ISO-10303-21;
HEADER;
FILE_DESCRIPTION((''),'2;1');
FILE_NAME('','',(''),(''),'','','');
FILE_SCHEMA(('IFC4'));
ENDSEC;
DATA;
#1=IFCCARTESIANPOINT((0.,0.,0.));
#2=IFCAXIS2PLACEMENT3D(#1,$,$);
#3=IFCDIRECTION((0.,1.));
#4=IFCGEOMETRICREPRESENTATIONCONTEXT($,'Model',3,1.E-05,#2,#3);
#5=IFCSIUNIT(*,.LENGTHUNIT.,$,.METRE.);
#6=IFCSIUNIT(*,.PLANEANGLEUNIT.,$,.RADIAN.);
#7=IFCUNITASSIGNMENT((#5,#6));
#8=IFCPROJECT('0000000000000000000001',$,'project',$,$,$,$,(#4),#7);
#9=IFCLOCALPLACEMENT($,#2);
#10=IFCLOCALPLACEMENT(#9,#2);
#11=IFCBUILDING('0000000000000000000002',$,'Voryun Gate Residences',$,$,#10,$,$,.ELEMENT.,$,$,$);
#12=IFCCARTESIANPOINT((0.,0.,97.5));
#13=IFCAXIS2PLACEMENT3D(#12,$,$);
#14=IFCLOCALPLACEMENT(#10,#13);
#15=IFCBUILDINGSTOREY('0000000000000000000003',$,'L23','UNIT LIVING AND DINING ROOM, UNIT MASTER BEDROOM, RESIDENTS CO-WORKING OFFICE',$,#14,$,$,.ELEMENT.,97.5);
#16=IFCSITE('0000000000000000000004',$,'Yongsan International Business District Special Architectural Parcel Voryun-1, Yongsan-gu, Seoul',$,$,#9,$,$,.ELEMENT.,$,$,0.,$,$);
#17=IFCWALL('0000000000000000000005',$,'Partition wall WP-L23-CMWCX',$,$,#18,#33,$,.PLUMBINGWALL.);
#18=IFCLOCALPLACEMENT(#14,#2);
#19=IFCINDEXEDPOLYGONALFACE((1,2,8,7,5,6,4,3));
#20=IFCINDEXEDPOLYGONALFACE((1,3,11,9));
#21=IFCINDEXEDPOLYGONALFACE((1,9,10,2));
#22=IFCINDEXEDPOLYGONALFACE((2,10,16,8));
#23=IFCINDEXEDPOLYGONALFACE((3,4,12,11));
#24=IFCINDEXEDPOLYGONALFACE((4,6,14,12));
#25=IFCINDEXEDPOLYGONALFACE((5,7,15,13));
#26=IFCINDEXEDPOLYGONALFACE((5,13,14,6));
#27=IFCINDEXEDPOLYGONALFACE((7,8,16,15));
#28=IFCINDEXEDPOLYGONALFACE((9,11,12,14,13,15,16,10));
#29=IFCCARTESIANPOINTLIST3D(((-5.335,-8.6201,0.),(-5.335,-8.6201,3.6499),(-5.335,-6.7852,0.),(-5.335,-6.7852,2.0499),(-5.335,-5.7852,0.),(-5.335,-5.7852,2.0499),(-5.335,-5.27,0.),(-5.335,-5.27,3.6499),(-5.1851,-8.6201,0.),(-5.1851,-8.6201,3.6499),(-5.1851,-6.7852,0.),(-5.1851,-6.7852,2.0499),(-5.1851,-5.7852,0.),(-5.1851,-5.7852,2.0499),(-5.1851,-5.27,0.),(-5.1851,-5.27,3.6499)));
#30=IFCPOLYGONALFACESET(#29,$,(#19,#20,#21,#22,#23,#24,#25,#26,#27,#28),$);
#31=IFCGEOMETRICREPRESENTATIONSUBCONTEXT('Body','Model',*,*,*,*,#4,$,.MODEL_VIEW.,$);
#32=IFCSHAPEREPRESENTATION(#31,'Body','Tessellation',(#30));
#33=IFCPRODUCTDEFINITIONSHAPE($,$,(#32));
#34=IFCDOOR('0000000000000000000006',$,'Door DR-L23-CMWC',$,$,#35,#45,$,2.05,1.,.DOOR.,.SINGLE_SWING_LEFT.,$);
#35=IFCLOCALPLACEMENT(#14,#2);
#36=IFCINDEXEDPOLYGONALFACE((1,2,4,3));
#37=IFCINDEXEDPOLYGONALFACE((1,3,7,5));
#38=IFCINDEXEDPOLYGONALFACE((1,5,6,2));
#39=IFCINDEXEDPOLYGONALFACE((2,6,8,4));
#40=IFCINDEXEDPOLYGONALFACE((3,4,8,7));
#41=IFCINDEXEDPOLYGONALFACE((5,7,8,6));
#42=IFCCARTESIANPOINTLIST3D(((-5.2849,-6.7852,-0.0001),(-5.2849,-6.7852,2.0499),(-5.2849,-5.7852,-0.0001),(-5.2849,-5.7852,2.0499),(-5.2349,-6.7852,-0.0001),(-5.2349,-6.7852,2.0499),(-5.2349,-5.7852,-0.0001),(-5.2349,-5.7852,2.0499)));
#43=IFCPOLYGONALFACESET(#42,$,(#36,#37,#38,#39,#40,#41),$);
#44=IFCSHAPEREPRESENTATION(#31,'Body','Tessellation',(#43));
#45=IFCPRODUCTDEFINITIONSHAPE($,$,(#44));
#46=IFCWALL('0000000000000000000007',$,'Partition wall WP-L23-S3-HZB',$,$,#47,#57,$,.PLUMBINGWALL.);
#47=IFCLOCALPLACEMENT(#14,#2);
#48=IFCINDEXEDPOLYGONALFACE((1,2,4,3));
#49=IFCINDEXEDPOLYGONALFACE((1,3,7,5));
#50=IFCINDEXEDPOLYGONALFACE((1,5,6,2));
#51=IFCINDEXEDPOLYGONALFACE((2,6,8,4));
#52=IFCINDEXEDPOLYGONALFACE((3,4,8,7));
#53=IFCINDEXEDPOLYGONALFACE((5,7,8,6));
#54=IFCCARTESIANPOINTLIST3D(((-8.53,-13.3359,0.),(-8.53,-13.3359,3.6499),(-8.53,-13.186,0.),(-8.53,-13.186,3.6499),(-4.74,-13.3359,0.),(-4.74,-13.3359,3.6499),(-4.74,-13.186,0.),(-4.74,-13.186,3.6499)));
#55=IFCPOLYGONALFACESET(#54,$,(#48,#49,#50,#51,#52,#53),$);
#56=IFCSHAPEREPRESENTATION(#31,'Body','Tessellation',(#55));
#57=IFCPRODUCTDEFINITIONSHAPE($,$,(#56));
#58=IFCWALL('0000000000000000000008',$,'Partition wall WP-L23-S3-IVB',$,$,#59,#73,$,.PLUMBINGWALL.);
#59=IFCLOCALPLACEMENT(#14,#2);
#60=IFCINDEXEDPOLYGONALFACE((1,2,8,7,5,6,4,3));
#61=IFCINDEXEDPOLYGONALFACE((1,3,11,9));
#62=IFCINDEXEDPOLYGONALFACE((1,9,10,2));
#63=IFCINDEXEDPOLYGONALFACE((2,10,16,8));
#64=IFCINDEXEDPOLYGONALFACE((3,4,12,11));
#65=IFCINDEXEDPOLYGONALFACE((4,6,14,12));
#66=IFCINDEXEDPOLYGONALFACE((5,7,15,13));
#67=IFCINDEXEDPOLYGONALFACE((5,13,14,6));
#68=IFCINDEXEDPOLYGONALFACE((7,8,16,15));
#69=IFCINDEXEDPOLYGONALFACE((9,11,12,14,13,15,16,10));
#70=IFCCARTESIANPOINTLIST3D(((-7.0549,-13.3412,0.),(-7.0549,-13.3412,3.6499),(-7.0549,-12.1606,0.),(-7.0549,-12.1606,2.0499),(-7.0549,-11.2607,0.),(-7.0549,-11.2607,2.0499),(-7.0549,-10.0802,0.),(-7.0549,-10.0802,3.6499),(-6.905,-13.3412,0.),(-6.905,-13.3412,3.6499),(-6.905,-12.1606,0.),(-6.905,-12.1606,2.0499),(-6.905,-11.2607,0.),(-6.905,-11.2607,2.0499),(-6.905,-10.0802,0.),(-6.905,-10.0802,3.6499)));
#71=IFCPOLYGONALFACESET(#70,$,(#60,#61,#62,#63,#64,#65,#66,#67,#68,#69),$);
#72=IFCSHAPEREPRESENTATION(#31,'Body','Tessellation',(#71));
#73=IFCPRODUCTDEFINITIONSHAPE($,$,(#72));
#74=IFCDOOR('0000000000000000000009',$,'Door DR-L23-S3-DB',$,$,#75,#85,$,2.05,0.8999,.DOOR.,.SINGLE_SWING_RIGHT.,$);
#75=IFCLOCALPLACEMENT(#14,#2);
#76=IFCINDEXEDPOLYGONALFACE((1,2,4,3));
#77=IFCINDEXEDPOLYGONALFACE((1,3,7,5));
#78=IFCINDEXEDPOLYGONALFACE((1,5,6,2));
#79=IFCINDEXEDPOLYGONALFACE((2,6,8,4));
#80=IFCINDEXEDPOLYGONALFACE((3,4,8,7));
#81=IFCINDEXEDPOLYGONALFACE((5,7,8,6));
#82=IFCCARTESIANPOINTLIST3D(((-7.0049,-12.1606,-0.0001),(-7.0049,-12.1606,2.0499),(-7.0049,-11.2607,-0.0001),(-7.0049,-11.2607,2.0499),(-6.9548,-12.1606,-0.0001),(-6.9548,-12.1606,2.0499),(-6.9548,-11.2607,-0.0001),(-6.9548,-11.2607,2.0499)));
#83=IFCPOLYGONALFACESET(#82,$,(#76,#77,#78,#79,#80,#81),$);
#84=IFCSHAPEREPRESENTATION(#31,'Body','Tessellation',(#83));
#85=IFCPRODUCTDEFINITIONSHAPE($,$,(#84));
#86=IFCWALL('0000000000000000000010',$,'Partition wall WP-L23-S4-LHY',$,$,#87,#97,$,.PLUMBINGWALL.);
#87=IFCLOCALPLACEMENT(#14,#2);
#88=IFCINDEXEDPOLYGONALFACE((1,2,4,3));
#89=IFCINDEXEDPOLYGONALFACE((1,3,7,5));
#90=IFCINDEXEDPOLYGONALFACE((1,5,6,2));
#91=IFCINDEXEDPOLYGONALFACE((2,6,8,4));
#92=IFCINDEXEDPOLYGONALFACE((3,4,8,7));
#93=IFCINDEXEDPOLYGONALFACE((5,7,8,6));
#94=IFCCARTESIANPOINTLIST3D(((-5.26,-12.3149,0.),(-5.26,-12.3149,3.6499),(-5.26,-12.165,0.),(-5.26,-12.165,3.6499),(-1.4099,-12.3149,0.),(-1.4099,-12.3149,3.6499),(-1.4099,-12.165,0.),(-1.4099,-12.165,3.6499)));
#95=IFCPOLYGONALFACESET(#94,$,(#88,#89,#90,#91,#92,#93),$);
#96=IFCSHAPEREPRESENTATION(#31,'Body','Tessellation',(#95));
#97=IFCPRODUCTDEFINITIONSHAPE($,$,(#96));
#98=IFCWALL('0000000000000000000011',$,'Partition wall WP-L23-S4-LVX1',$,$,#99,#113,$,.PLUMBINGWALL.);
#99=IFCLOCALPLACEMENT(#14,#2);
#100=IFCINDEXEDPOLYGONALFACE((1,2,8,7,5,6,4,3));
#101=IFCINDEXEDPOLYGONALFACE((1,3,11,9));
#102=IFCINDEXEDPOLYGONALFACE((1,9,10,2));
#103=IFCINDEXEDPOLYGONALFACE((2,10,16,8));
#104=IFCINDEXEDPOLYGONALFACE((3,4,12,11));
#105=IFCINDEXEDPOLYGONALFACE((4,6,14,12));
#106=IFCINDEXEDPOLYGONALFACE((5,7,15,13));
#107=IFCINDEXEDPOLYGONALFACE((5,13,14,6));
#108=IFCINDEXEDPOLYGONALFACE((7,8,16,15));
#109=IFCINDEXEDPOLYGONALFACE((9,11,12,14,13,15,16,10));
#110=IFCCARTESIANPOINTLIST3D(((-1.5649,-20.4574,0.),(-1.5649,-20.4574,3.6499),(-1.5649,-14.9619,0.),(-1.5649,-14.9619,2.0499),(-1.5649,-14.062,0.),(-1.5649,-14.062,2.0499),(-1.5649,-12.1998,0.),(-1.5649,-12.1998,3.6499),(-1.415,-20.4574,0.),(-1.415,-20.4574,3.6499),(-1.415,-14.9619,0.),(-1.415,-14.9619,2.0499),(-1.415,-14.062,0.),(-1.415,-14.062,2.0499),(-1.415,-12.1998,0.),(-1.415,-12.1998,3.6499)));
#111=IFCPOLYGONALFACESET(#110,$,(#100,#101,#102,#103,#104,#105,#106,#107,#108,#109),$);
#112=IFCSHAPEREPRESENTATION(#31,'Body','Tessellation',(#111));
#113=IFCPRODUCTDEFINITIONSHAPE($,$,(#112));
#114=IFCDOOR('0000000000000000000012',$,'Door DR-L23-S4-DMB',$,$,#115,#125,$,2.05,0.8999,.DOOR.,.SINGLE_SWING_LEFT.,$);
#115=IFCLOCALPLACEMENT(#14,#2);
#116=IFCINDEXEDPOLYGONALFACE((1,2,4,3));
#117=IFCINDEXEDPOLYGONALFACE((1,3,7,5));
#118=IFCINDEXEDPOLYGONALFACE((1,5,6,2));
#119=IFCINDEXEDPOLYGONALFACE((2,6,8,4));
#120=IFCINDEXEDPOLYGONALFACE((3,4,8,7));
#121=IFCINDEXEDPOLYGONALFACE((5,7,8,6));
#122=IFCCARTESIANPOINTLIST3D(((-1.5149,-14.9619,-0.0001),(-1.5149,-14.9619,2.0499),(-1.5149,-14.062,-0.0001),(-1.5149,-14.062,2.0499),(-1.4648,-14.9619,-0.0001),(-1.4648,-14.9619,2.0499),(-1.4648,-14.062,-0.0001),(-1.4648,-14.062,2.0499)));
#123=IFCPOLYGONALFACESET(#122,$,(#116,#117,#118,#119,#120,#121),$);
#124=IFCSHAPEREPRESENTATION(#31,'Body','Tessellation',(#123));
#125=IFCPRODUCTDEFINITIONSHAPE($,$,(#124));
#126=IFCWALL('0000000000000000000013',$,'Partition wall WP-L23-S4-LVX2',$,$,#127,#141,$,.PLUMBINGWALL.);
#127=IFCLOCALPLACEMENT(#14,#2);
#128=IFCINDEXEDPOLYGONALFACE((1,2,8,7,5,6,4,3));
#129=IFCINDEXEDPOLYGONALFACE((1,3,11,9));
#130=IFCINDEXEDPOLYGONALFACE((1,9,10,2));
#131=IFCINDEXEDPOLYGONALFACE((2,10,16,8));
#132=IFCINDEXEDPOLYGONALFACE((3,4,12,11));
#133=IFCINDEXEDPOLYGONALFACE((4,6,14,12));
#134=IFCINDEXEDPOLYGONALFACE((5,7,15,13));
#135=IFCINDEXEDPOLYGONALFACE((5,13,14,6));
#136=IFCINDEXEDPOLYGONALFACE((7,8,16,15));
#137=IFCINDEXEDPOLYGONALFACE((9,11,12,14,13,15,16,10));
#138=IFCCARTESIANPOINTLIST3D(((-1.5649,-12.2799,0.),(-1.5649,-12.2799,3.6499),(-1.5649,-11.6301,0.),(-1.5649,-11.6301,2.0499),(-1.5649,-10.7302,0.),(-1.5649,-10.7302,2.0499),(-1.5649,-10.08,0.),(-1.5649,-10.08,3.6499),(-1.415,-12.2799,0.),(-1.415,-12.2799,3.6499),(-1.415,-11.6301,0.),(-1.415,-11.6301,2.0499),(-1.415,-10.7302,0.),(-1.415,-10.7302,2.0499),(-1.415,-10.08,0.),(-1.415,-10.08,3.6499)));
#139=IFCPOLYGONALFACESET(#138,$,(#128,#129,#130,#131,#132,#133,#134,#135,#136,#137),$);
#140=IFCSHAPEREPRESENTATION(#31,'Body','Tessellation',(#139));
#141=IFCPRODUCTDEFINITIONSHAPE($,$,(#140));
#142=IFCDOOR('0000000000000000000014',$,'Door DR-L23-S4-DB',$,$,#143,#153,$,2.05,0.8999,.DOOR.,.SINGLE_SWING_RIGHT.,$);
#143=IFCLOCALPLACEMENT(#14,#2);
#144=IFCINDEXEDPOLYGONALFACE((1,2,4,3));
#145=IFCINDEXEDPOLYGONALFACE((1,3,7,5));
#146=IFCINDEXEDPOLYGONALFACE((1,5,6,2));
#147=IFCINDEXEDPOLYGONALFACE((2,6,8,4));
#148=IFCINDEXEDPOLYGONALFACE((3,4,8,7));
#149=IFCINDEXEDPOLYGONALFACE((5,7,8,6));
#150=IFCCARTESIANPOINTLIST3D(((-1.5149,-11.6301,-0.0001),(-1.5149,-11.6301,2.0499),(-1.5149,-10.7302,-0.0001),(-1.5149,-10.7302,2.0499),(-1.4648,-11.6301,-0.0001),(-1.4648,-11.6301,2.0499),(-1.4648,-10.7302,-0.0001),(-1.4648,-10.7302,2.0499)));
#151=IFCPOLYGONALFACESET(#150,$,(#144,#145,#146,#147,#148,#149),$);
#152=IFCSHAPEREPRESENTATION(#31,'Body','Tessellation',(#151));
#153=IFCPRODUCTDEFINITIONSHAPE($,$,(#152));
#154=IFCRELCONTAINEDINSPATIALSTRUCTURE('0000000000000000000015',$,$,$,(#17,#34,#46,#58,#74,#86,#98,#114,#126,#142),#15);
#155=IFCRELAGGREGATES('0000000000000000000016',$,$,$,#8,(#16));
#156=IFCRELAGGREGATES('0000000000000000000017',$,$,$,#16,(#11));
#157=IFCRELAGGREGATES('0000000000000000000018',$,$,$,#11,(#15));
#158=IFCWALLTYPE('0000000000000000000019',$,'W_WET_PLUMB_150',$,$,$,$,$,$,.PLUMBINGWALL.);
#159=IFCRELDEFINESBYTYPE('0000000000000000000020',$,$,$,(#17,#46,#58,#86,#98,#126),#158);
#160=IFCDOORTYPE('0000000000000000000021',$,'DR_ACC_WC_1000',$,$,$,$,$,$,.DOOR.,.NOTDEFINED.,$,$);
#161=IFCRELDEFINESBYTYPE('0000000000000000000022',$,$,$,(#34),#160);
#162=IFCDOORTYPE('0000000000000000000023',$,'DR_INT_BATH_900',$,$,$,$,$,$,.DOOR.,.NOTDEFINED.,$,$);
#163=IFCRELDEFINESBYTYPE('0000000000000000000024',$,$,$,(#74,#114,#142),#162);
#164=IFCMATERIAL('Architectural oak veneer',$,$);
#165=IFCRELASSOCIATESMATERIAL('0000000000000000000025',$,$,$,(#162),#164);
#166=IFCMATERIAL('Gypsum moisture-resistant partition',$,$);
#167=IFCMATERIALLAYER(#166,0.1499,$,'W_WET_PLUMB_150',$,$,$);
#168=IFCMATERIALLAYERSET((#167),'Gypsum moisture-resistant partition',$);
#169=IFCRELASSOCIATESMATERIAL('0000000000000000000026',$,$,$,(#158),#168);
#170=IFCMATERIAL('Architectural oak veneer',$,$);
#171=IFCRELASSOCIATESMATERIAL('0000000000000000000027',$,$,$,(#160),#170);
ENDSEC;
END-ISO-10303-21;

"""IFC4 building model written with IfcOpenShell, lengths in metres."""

from ifc_helpers import new_model, si_unit, direction, frame, frame_2d, origin, place, context, subcontext, project, spatial, rectangle, extrude, material, layer, layer_set, type_object, element, fill, save


model = new_model("IFC4")

# Units and contexts
model_context = context("Model", 3, precision=1e-05, world=origin(), true_north=direction((0.0, 1.0)))
body_context = subcontext(model_context, "Body", "Model", "MODEL_VIEW")
ifc_project = project(units=[si_unit("LENGTHUNIT", "METRE"), si_unit("PLANEANGLEUNIT", "RADIAN")], contexts=[model_context])

# Site, building, storey
site_placement = place(None, origin())
site = spatial("IfcSite", under=ifc_project, at=site_placement, Name="Yongsan International Business District Special Architectural Parcel Voryun-1, Yongsan-gu, Seoul", CompositionType="ELEMENT", RefElevation=0.0)
building_placement = place(site_placement, origin())
building = spatial("IfcBuilding", under=site, at=building_placement, Name="Voryun Gate Residences", CompositionType="ELEMENT")
storey_placement = place(building_placement, frame((0.0, 0.0, 97.5)))
storey = spatial("IfcBuildingStorey", under=building, at=storey_placement, Name="L23", Description="UNIT LIVING AND DINING ROOM, UNIT MASTER BEDROOM, RESIDENTS CO-WORKING OFFICE", CompositionType="ELEMENT", Elevation=97.5)

# Shared definitions
ifc_material_1 = material(Name="Architectural oak veneer")
door_type_1 = type_object("IfcDoorType", Name="DR_INT_BATH_900", OperationType="NOTDEFINED", PredefinedType="DOOR", material=ifc_material_1)

# Wall, opening, door
ifc_material_2 = material(Name="Gypsum moisture-resistant partition")
ifc_layer_1 = layer(ifc_material_2, 0.1499, Name="W_WET_PLUMB_150")
ifc_layer_set_1 = layer_set([ifc_layer_1], Name="Gypsum moisture-resistant partition")
wall_type_1 = type_object("IfcWallType", Name="W_WET_PLUMB_150", PredefinedType="PLUMBINGWALL", material=ifc_layer_set_1)
wall_1_placement = place(storey_placement, frame((-5.26, -8.6201, 0.0), z_axis=(0.0, 0.0, 1.0), x_axis=(0.0, 1.0, 0.0)))
wall_1 = element("IfcWall", 1, at=wall_1_placement, inside=storey, type_object=wall_type_1, Name="Partition wall WP-L23-CMWCX", PredefinedType="PLUMBINGWALL", context=body_context, shape_type="SweptSolid", body=[
    extrude(rectangle(XDim=3.3501, YDim=0.1499, at=frame_2d((1.675, 0.0))), origin(), (0.0, 0.0, 1.0), 3.6499),
])
opening_1_placement = place(wall_1_placement, frame((1.835, 0.0, 0.0)))
opening_1 = element("IfcOpeningElement", 2, at=opening_1_placement, cuts=wall_1, PredefinedType="OPENING", context=body_context, shape_type="SweptSolid", body=[
    extrude(rectangle(XDim=1.0, YDim=2.05, at=frame_2d((0.5, 1.0249))), frame((0.0, 0.085, 0.0), z_axis=(0.0, -1.0, 0.0), x_axis=(1.0, 0.0, 0.0)), (0.0, 0.0, 1.0), 0.1699),
])
ifc_material_3 = material(Name="Architectural oak veneer")
door_type_2 = type_object("IfcDoorType", Name="DR_ACC_WC_1000", OperationType="NOTDEFINED", PredefinedType="DOOR", material=ifc_material_3)
door_1_placement = place(opening_1_placement, origin())
door_1 = element("IfcDoor", 3, at=door_1_placement, inside=storey, type_object=door_type_2, Name="Door DR-L23-CMWC", OperationType="SINGLE_SWING_LEFT", OverallHeight=2.05, OverallWidth=1.0, PredefinedType="DOOR", context=body_context, shape_type="SweptSolid", body=[
    extrude(rectangle(XDim=1.0, YDim=2.05, at=frame_2d((0.5, 1.0249))), frame((0.0, 0.0249, 0.0), z_axis=(0.0, -1.0, 0.0), x_axis=(1.0, 0.0, 0.0)), (0.0, 0.0, 1.0), 0.05),
])
fill(opening_1, door_1)

# Wall
wall_2_placement = place(storey_placement, frame((-8.53, -13.261, 0.0), z_axis=(0.0, 0.0, 1.0), x_axis=(1.0, 0.0, 0.0)))
element("IfcWall", 4, at=wall_2_placement, inside=storey, type_object=wall_type_1, Name="Partition wall WP-L23-S3-HZB", PredefinedType="PLUMBINGWALL", context=body_context, shape_type="SweptSolid", body=[
    extrude(rectangle(XDim=3.79, YDim=0.1499, at=frame_2d((1.895, 0.0))), origin(), (0.0, 0.0, 1.0), 3.6499),
])

# Wall, opening, door
wall_3_placement = place(storey_placement, frame((-6.98, -13.3411, 0.0), z_axis=(0.0, 0.0, 1.0), x_axis=(0.0, 1.0, 0.0)))
wall_3 = element("IfcWall", 5, at=wall_3_placement, inside=storey, type_object=wall_type_1, Name="Partition wall WP-L23-S3-IVB", PredefinedType="PLUMBINGWALL", context=body_context, shape_type="SweptSolid", body=[
    extrude(rectangle(XDim=3.261, YDim=0.1499, at=frame_2d((1.6304, 0.0))), origin(), (0.0, 0.0, 1.0), 3.6499),
])
opening_2_placement = place(wall_3_placement, frame((1.1804, 0.0, 0.0)))
opening_2 = element("IfcOpeningElement", 6, at=opening_2_placement, cuts=wall_3, PredefinedType="OPENING", context=body_context, shape_type="SweptSolid", body=[
    extrude(rectangle(XDim=0.8999, YDim=2.05, at=frame_2d((0.45, 1.0249))), frame((0.0, 0.085, 0.0), z_axis=(0.0, -1.0, 0.0), x_axis=(1.0, 0.0, 0.0)), (0.0, 0.0, 1.0), 0.1699),
])
door_2_placement = place(opening_2_placement, origin())
door_2 = element("IfcDoor", 7, at=door_2_placement, inside=storey, type_object=door_type_1, Name="Door DR-L23-S3-DB", OperationType="SINGLE_SWING_RIGHT", OverallHeight=2.05, OverallWidth=0.8999, PredefinedType="DOOR", context=body_context, shape_type="SweptSolid", body=[
    extrude(rectangle(XDim=0.8999, YDim=2.05, at=frame_2d((0.45, 1.0249))), frame((0.0, 0.0249, 0.0), z_axis=(0.0, -1.0, 0.0), x_axis=(1.0, 0.0, 0.0)), (0.0, 0.0, 1.0), 0.05),
])
fill(opening_2, door_2)

# Wall
wall_4_placement = place(storey_placement, frame((-5.26, -12.24, 0.0), z_axis=(0.0, 0.0, 1.0), x_axis=(1.0, 0.0, 0.0)))
element("IfcWall", 8, at=wall_4_placement, inside=storey, type_object=wall_type_1, Name="Partition wall WP-L23-S4-LHY", PredefinedType="PLUMBINGWALL", context=body_context, shape_type="SweptSolid", body=[
    extrude(rectangle(XDim=3.8501, YDim=0.1499, at=frame_2d((1.925, 0.0))), origin(), (0.0, 0.0, 1.0), 3.6499),
])

# Walls, openings, doors
wall_5_placement = place(storey_placement, frame((-1.49, -20.4575, 0.0), z_axis=(0.0, 0.0, 1.0), x_axis=(0.0, 1.0, 0.0)))
wall_5 = element("IfcWall", 9, at=wall_5_placement, inside=storey, type_object=wall_type_1, Name="Partition wall WP-L23-S4-LVX1", PredefinedType="PLUMBINGWALL", context=body_context, shape_type="SweptSolid", body=[
    extrude(rectangle(XDim=8.2576, YDim=0.1499, at=frame_2d((4.1289, 0.0))), origin(), (0.0, 0.0, 1.0), 3.6499),
])
opening_3_placement = place(wall_5_placement, frame((5.4956, 0.0, 0.0)))
opening_3 = element("IfcOpeningElement", 10, at=opening_3_placement, cuts=wall_5, PredefinedType="OPENING", context=body_context, shape_type="SweptSolid", body=[
    extrude(rectangle(XDim=0.8999, YDim=2.05, at=frame_2d((0.45, 1.0249))), frame((0.0, 0.085, 0.0), z_axis=(0.0, -1.0, 0.0), x_axis=(1.0, 0.0, 0.0)), (0.0, 0.0, 1.0), 0.1699),
])
door_3_placement = place(opening_3_placement, origin())
door_3 = element("IfcDoor", 11, at=door_3_placement, inside=storey, type_object=door_type_1, Name="Door DR-L23-S4-DMB", OperationType="SINGLE_SWING_LEFT", OverallHeight=2.05, OverallWidth=0.8999, PredefinedType="DOOR", context=body_context, shape_type="SweptSolid", body=[
    extrude(rectangle(XDim=0.8999, YDim=2.05, at=frame_2d((0.45, 1.0249))), frame((0.0, 0.0249, 0.0), z_axis=(0.0, -1.0, 0.0), x_axis=(1.0, 0.0, 0.0)), (0.0, 0.0, 1.0), 0.05),
])
fill(opening_3, door_3)
wall_6_placement = place(storey_placement, frame((-1.49, -12.28, 0.0), z_axis=(0.0, 0.0, 1.0), x_axis=(0.0, 1.0, 0.0)))
wall_6 = element("IfcWall", 12, at=wall_6_placement, inside=storey, type_object=wall_type_1, Name="Partition wall WP-L23-S4-LVX2", PredefinedType="PLUMBINGWALL", context=body_context, shape_type="SweptSolid", body=[
    extrude(rectangle(XDim=2.2, YDim=0.1499, at=frame_2d((1.1001, 0.0))), origin(), (0.0, 0.0, 1.0), 3.6499),
])
opening_4_placement = place(wall_6_placement, frame((0.6499, 0.0, 0.0)))
opening_4 = element("IfcOpeningElement", 13, at=opening_4_placement, cuts=wall_6, PredefinedType="OPENING", context=body_context, shape_type="SweptSolid", body=[
    extrude(rectangle(XDim=0.8999, YDim=2.05, at=frame_2d((0.45, 1.0249))), frame((0.0, 0.085, 0.0), z_axis=(0.0, -1.0, 0.0), x_axis=(1.0, 0.0, 0.0)), (0.0, 0.0, 1.0), 0.1699),
])
door_4_placement = place(opening_4_placement, origin())
door_4 = element("IfcDoor", 14, at=door_4_placement, inside=storey, type_object=door_type_1, Name="Door DR-L23-S4-DB", OperationType="SINGLE_SWING_RIGHT", OverallHeight=2.05, OverallWidth=0.8999, PredefinedType="DOOR", context=body_context, shape_type="SweptSolid", body=[
    extrude(rectangle(XDim=0.8999, YDim=2.05, at=frame_2d((0.45, 1.0249))), frame((0.0, 0.0249, 0.0), z_axis=(0.0, -1.0, 0.0), x_axis=(1.0, 0.0, 0.0)), (0.0, 0.0, 1.0), 0.05),
])
fill(opening_4, door_4)

save(model, "model.ifc")
